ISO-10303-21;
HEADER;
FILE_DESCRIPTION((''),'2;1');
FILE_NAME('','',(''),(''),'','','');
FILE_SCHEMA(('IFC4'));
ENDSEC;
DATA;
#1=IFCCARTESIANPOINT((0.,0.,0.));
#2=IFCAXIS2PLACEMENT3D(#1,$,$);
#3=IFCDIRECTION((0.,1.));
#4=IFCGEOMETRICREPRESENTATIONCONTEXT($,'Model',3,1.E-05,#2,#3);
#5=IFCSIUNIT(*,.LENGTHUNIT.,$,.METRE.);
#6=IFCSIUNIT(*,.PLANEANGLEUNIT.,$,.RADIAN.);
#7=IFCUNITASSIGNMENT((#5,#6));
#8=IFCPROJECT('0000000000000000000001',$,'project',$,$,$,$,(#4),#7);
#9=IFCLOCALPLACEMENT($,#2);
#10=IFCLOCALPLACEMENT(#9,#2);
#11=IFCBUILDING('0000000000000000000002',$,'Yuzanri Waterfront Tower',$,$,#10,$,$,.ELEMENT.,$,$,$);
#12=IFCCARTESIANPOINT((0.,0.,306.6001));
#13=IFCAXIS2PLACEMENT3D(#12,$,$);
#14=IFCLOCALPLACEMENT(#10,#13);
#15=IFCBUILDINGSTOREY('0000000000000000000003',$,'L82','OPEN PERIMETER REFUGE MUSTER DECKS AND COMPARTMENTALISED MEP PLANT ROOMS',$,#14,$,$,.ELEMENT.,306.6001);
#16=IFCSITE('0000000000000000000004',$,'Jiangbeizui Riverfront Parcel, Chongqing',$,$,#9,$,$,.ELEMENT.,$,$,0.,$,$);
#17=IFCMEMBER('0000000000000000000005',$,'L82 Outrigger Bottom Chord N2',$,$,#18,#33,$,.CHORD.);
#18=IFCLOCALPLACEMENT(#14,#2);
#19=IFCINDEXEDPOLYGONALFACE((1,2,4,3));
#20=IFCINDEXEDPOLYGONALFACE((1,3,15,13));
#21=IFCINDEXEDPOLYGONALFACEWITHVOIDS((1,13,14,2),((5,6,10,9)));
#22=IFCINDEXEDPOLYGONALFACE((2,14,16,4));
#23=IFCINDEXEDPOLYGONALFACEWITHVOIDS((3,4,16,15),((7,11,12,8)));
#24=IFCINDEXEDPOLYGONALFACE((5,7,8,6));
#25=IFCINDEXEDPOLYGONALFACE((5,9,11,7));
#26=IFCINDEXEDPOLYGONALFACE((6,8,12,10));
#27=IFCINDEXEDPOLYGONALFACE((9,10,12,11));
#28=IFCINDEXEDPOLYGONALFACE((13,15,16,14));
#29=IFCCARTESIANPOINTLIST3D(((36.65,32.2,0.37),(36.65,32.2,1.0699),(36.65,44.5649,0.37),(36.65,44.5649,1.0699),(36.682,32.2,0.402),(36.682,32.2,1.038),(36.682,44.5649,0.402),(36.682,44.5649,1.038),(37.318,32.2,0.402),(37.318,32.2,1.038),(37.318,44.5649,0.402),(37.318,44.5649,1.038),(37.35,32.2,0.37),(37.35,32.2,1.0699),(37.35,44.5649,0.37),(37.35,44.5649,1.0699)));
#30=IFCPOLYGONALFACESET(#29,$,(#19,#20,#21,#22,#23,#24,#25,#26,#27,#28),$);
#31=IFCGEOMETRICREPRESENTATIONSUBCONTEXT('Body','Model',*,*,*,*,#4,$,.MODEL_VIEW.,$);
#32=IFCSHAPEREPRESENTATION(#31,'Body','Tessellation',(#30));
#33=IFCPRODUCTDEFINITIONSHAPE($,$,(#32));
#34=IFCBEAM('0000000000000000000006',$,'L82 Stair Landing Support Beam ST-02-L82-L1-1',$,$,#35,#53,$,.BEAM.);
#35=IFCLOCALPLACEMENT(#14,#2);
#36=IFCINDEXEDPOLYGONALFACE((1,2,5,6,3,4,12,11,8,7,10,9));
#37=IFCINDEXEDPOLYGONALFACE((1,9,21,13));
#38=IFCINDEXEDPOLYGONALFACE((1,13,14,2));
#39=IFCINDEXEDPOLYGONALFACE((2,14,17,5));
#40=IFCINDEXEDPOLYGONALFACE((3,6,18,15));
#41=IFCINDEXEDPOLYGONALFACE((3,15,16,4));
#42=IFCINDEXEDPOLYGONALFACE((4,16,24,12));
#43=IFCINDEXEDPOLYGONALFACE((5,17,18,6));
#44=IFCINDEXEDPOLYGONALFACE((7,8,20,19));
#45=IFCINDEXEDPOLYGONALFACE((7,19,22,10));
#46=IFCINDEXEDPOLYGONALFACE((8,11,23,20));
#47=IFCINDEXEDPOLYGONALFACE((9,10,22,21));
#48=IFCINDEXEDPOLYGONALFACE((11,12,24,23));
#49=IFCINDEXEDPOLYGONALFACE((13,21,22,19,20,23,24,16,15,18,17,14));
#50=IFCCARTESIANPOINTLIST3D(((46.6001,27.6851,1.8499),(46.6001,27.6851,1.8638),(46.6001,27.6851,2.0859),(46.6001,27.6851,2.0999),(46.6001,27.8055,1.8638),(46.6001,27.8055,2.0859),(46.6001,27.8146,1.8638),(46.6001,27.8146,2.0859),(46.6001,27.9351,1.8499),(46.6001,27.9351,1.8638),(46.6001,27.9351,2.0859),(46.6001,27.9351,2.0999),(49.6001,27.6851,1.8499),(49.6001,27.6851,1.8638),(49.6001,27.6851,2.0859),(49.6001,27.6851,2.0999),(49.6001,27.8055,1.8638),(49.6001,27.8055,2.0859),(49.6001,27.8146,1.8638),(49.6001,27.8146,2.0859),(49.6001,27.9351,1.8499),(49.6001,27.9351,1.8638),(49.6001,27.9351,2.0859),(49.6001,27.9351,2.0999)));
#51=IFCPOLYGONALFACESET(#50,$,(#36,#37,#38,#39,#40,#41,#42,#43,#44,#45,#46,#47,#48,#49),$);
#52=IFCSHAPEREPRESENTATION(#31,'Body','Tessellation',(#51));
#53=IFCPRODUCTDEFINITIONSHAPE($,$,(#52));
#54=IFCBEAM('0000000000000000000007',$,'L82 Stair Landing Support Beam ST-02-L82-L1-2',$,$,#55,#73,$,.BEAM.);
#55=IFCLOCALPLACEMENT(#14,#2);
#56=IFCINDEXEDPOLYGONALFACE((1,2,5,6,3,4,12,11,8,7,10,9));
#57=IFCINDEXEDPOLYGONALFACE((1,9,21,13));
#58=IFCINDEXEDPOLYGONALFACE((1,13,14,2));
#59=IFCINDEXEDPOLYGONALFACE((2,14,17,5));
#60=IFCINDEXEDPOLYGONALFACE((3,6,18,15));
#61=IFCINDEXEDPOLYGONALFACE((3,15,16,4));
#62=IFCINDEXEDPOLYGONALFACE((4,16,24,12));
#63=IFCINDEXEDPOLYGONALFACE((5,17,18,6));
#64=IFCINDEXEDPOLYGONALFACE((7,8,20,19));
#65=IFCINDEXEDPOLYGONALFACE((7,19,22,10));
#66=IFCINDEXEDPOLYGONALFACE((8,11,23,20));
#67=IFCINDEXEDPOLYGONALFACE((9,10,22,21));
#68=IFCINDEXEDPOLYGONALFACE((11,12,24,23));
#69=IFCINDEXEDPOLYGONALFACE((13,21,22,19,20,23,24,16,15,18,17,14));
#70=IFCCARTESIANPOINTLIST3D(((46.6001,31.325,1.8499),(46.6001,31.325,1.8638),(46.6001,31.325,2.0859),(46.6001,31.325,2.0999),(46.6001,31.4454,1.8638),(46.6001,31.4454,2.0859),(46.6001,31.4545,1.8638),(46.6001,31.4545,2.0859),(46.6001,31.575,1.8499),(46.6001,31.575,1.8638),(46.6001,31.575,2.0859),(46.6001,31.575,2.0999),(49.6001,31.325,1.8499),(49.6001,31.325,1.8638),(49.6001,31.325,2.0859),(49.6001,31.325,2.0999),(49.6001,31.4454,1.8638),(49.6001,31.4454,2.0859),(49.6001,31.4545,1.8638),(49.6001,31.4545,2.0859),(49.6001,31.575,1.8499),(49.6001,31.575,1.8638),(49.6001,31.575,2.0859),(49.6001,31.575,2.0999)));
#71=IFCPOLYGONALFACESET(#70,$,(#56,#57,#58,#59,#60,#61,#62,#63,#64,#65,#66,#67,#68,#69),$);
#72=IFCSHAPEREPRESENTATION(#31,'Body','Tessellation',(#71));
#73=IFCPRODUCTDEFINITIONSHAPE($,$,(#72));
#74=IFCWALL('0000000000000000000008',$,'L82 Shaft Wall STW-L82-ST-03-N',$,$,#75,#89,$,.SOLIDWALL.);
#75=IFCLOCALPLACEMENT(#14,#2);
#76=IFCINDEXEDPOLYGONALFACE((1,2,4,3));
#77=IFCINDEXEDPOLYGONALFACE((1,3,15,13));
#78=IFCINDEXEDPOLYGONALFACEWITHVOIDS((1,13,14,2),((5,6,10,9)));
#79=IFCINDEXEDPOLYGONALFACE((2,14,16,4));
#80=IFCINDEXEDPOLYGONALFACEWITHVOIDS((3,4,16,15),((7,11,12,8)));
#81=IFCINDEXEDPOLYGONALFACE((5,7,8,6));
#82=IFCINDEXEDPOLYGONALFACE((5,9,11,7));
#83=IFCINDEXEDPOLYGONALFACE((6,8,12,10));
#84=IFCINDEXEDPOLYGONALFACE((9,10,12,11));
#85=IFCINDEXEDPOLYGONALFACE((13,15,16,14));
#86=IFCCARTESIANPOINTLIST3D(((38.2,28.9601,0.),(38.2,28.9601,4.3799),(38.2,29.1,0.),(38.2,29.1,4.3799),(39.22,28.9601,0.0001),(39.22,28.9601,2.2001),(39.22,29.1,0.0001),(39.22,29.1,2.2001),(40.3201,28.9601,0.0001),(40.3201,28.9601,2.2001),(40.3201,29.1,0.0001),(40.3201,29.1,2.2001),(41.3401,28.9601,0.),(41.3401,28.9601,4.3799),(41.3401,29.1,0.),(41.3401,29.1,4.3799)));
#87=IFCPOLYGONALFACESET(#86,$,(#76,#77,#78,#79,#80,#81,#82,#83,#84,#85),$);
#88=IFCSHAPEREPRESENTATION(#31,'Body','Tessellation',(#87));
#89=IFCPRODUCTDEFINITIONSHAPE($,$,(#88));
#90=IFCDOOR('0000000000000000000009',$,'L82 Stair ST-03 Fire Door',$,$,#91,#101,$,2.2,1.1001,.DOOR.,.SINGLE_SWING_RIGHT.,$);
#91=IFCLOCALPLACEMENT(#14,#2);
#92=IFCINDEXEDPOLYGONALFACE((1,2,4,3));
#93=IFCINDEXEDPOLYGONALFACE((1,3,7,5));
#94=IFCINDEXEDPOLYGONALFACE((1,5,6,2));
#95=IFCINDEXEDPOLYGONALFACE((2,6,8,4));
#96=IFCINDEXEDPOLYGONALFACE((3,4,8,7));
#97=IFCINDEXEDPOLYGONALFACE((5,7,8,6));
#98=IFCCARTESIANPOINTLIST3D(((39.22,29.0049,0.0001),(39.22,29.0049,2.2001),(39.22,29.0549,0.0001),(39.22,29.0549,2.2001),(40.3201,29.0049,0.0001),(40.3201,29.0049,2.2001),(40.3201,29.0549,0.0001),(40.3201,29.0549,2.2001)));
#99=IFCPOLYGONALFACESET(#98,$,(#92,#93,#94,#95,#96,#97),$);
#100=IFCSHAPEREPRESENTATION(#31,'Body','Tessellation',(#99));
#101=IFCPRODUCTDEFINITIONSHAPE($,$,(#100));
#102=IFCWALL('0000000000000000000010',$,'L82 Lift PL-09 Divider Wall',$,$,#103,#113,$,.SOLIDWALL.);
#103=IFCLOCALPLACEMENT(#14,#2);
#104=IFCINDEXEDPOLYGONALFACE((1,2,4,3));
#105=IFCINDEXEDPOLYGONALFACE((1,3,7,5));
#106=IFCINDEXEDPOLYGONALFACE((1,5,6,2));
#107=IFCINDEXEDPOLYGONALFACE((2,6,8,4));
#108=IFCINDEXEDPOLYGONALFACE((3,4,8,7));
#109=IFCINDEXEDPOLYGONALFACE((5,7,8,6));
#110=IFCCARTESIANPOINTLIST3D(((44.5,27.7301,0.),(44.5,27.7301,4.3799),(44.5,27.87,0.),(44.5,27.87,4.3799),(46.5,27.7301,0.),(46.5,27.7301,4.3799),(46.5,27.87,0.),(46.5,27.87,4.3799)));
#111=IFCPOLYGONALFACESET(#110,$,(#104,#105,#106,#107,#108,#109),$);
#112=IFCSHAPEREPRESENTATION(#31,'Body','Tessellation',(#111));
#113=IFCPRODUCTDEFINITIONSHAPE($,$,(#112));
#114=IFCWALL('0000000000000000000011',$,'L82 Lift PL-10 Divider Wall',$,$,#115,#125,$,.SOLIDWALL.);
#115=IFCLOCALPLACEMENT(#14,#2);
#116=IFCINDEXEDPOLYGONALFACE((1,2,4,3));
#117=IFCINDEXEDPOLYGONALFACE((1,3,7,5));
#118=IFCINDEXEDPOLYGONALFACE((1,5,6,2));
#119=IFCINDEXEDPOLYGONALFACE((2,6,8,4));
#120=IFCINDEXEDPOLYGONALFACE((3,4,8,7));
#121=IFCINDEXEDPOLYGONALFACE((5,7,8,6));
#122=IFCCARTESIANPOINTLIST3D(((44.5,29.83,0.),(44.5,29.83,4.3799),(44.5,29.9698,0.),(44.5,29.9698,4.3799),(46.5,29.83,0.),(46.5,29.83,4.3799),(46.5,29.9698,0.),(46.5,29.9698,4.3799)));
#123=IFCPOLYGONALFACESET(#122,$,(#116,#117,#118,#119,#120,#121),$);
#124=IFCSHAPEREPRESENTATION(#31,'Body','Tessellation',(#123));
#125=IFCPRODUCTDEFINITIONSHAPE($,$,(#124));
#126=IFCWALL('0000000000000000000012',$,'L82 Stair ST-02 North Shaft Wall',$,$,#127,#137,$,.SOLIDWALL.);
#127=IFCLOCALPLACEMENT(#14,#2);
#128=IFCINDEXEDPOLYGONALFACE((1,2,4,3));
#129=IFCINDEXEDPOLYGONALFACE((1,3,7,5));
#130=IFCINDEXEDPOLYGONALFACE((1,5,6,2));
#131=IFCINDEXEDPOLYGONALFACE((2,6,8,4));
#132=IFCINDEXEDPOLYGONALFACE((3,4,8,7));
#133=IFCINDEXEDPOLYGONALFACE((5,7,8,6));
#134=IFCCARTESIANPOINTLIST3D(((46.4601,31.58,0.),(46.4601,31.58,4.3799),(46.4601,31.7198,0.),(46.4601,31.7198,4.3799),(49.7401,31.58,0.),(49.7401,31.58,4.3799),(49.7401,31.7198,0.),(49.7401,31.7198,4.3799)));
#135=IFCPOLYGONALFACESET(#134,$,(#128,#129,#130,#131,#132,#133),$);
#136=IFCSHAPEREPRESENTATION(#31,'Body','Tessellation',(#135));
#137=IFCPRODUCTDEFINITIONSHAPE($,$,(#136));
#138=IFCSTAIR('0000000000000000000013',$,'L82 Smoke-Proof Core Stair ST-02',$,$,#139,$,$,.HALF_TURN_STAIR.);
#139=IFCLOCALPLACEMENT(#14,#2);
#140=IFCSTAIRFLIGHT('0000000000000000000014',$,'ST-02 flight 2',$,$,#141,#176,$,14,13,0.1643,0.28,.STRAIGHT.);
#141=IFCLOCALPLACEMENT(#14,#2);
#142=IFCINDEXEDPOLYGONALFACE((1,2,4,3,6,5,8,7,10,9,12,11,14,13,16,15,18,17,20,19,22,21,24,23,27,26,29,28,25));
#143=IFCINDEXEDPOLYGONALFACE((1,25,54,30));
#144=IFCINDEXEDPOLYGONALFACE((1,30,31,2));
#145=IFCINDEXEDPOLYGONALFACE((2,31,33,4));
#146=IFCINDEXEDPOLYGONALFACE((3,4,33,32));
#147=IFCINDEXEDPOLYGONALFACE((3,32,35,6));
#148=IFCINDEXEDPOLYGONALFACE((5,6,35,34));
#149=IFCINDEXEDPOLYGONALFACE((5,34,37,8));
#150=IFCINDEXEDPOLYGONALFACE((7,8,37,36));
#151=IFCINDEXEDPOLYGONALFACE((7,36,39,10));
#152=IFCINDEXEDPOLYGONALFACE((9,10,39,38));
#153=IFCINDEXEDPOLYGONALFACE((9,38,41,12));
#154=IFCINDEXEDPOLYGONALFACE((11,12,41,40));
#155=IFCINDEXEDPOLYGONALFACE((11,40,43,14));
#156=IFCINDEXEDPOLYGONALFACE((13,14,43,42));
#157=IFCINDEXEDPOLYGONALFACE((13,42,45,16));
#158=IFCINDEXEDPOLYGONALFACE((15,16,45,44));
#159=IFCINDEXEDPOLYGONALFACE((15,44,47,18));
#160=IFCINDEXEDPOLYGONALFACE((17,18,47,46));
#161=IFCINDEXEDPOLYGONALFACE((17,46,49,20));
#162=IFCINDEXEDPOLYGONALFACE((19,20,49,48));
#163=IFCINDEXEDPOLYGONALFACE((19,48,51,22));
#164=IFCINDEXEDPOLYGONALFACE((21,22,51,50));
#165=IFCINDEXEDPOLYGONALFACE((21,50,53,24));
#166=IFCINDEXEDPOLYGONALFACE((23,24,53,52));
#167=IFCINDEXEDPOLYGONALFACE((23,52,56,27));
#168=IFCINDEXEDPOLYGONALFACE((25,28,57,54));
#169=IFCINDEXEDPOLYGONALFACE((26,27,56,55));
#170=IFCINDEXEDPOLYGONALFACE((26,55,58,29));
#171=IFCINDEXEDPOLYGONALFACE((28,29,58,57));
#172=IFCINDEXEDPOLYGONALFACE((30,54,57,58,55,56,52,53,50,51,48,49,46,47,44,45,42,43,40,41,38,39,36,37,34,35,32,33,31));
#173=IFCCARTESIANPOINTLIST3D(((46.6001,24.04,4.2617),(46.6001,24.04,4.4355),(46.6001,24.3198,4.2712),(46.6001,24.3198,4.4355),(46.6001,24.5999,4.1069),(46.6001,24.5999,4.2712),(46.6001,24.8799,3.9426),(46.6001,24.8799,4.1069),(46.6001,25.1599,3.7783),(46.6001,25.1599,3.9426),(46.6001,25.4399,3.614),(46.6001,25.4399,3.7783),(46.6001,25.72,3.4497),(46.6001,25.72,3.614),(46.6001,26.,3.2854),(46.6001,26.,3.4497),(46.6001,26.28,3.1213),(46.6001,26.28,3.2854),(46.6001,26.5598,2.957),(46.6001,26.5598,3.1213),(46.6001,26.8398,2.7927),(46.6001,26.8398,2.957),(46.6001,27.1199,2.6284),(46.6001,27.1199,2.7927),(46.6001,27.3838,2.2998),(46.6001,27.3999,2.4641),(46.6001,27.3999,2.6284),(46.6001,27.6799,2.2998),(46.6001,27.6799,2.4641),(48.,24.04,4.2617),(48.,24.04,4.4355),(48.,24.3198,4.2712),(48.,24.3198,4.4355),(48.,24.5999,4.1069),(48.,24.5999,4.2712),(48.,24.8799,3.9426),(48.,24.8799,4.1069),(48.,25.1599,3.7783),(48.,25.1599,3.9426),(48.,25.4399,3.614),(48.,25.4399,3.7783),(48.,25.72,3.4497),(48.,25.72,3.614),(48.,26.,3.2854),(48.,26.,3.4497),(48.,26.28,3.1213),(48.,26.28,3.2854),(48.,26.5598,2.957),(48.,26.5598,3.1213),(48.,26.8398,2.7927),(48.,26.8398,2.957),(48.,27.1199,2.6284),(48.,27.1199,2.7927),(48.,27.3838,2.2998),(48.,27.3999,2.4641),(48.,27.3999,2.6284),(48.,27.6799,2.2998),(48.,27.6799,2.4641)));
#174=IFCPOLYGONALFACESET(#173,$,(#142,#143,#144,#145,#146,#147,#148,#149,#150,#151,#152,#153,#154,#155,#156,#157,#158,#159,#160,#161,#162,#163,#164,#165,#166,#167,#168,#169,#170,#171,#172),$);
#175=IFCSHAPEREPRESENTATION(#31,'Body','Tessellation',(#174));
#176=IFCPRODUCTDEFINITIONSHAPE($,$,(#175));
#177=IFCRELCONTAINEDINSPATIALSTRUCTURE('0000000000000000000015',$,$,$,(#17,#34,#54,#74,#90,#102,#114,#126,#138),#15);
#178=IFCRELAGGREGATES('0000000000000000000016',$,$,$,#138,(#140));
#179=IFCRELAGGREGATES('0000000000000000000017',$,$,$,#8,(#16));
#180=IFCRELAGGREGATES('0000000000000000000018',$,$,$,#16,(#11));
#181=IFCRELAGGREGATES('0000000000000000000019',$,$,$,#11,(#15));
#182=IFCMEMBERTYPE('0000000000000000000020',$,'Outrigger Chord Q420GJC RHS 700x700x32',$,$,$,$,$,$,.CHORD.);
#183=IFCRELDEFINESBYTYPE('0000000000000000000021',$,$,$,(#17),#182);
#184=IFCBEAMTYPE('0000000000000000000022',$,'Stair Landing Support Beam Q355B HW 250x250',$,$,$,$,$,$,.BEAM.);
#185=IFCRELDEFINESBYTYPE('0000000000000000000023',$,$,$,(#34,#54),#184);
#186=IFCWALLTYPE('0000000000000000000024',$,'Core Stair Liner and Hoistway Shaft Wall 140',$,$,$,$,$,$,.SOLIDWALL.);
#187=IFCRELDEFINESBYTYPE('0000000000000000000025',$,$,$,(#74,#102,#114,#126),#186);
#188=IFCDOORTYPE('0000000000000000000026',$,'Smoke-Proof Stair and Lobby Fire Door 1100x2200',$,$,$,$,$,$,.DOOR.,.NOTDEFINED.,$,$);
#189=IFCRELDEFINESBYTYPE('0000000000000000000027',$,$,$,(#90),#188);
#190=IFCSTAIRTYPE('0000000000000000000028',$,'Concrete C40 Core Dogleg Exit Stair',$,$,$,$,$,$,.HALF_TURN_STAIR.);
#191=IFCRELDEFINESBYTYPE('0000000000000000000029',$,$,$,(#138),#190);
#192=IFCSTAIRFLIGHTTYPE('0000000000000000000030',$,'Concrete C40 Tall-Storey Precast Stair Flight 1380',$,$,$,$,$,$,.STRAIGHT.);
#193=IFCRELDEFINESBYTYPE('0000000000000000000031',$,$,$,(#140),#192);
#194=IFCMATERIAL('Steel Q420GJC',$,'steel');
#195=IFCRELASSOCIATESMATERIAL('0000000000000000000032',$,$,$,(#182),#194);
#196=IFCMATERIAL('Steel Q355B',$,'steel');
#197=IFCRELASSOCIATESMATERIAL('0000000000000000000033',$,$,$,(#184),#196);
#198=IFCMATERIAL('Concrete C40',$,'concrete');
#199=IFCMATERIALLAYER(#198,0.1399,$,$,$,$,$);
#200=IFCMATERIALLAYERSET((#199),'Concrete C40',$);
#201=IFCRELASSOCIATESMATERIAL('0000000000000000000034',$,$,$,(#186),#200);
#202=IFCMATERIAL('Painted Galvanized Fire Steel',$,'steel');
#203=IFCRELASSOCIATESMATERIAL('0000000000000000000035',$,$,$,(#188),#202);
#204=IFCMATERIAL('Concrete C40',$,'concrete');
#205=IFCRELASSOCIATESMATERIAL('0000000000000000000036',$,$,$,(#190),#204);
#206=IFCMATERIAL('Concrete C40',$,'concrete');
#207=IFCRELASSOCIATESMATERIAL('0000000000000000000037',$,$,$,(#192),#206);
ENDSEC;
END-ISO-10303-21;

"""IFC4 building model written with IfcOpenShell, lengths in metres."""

from ifc_helpers import new_model, si_unit, direction, frame, frame_2d, origin, origin_2d, place, context, subcontext, project, spatial, polyline, rectangle, hollow_rectangle, i_section, outline, extrude, source, transform, mapped, material, layer, layer_set, material_profile, profile_set, type_object, element, fill, aggregate, save


model = new_model("IFC4")

# Units and contexts
model_context = context("Model", 3, precision=1e-05, world=origin(), true_north=direction((0.0, 1.0)))
body_context = subcontext(model_context, "Body", "Model", "MODEL_VIEW")
ifc_project = project(units=[si_unit("LENGTHUNIT", "METRE"), si_unit("PLANEANGLEUNIT", "RADIAN")], contexts=[model_context])

# Site, building, storey
site_placement = place(None, origin())
site = spatial("IfcSite", under=ifc_project, at=site_placement, Name="Jiangbeizui Riverfront Parcel, Chongqing", CompositionType="ELEMENT", RefElevation=0.0)
building_placement = place(site_placement, origin())
building = spatial("IfcBuilding", under=site, at=building_placement, Name="Yuzanri Waterfront Tower", CompositionType="ELEMENT")
storey_placement = place(building_placement, frame((0.0, 0.0, 306.6001)))
storey = spatial("IfcBuildingStorey", under=building, at=storey_placement, Name="L82", Description="OPEN PERIMETER REFUGE MUSTER DECKS AND COMPARTMENTALISED MEP PLANT ROOMS", CompositionType="ELEMENT", Elevation=306.6001)

# Member
ifc_material_1 = material(Name="Steel Q420GJC", Category="steel")
ifc_material_profile_1 = material_profile(ifc_material_1, hollow_rectangle(XDim=0.7, YDim=0.7, WallThickness=0.032, at=origin_2d()), Name="RHS 700x700x32")
ifc_profile_set_1 = profile_set([ifc_material_profile_1], Name="Steel Q420GJC")
member_type = type_object("IfcMemberType", Name="Outrigger Chord Q420GJC RHS 700x700x32", PredefinedType="CHORD", material=ifc_profile_set_1)
shared_shape_1 = source(origin(), body_context, "Body", "SweptSolid", [
    extrude(hollow_rectangle(XDim=0.7, YDim=0.7, WallThickness=0.032, at=origin_2d()), origin(), (0.0, 0.0, 1.0), 12.365),
])
member_placement = place(storey_placement, frame((37.0, 32.2, 0.72), z_axis=(0.0, 1.0, 0.0), x_axis=(-1.0, 0.0, 0.0)))
element("IfcMember", 1, at=member_placement, inside=storey, type_object=member_type, Name="L82 Outrigger Bottom Chord N2", PredefinedType="CHORD", context=body_context, shape_type="MappedRepresentation", body=[
    mapped(shared_shape_1, transform((0.0, 0.0, 0.0), scale=1.0)),
])

# Beams
ifc_material_2 = material(Name="Steel Q355B", Category="steel")
ifc_material_profile_2 = material_profile(ifc_material_2, i_section(OverallWidth=0.25, OverallDepth=0.25, WebThickness=0.009, FlangeThickness=0.0139, at=origin_2d()), Name="HW 250x250x9x14")
ifc_profile_set_2 = profile_set([ifc_material_profile_2], Name="Steel Q355B")
beam_type = type_object("IfcBeamType", Name="Stair Landing Support Beam Q355B HW 250x250", PredefinedType="BEAM", material=ifc_profile_set_2)
shared_shape_2 = source(origin(), body_context, "Body", "SweptSolid", [
    extrude(i_section(OverallWidth=0.25, OverallDepth=0.25, WebThickness=0.009, FlangeThickness=0.0139, at=origin_2d()), origin(), (0.0, 0.0, 1.0), 3.0),
])
for number, where, z_axis, x_axis, name in (
    (2, (46.6001, 27.8101, 1.9749), (1.0, 0.0, 0.0), (0.0, 1.0, 0.0), "L82 Stair Landing Support Beam ST-02-L82-L1-1"),
    (3, (46.6001, 31.45, 1.9749), (1.0, 0.0, 0.0), (0.0, 1.0, 0.0), "L82 Stair Landing Support Beam ST-02-L82-L1-2"),
):
    element("IfcBeam", number, at=place(storey_placement, frame(where, z_axis=z_axis, x_axis=x_axis)), inside=storey, type_object=beam_type, Name=name, PredefinedType="BEAM", context=body_context, shape_type="MappedRepresentation", body=[
        mapped(shared_shape_2, transform((0.0, 0.0, 0.0), scale=1.0)),
    ])

# Wall, opening, door
ifc_material_3 = material(Name="Concrete C40", Category="concrete")
ifc_layer_1 = layer(ifc_material_3, 0.1399)
ifc_layer_set_1 = layer_set([ifc_layer_1], Name="Concrete C40")
wall_type = type_object("IfcWallType", Name="Core Stair Liner and Hoistway Shaft Wall 140", PredefinedType="SOLIDWALL", material=ifc_layer_set_1)
wall_1_placement = place(storey_placement, frame((38.2, 29.03, 0.0), z_axis=(0.0, 0.0, 1.0), x_axis=(1.0, 0.0, 0.0)))
wall_1 = element("IfcWall", 4, at=wall_1_placement, inside=storey, type_object=wall_type, Name="L82 Shaft Wall STW-L82-ST-03-N", PredefinedType="SOLIDWALL", context=body_context, shape_type="SweptSolid", body=[
    extrude(rectangle(XDim=3.1401, YDim=0.1399, at=frame_2d((1.5701, 0.0))), origin(), (0.0, 0.0, 1.0), 4.3799),
])
opening_placement = place(wall_1_placement, frame((1.02, 0.0, 0.0)))
opening = element("IfcOpeningElement", 5, at=opening_placement, cuts=wall_1, PredefinedType="OPENING", context=body_context, shape_type="SweptSolid", body=[
    extrude(rectangle(XDim=1.1001, YDim=2.2, at=frame_2d((0.55, 1.1001))), frame((0.0, 0.085, 0.0), z_axis=(0.0, -1.0, 0.0), x_axis=(1.0, 0.0, 0.0)), (0.0, 0.0, 1.0), 0.1697),
])
ifc_material_4 = material(Name="Painted Galvanized Fire Steel", Category="steel")
door_type = type_object("IfcDoorType", Name="Smoke-Proof Stair and Lobby Fire Door 1100x2200", OperationType="NOTDEFINED", PredefinedType="DOOR", material=ifc_material_4)
shared_shape_3 = source(origin(), body_context, "Body", "SweptSolid", [
    extrude(rectangle(XDim=1.1001, YDim=2.2, at=frame_2d((0.55, 1.1001))), frame((0.0, 0.0249, 0.0), z_axis=(0.0, -1.0, 0.0), x_axis=(1.0, 0.0, 0.0)), (0.0, 0.0, 1.0), 0.05),
])
door_placement = place(opening_placement, origin())
door = element("IfcDoor", 6, at=door_placement, inside=storey, type_object=door_type, Name="L82 Stair ST-03 Fire Door", OperationType="SINGLE_SWING_RIGHT", OverallHeight=2.2, OverallWidth=1.1001, PredefinedType="DOOR", context=body_context, shape_type="MappedRepresentation", body=[
    mapped(shared_shape_3, transform((0.0, 0.0, 0.0), scale=1.0)),
])
fill(opening, door)

# Walls
shared_shape_4 = source(origin(), body_context, "Body", "SweptSolid", [
    extrude(rectangle(XDim=2.0, YDim=0.1399, at=frame_2d((1.0, 0.0))), origin(), (0.0, 0.0, 1.0), 4.3799),
])
for number, where, z_axis, x_axis, name in (
    (7, (44.5, 27.8, 0.0), (0.0, 0.0, 1.0), (1.0, 0.0, 0.0), "L82 Lift PL-09 Divider Wall"),
    (8, (44.5, 29.8999, 0.0), (0.0, 0.0, 1.0), (1.0, 0.0, 0.0), "L82 Lift PL-10 Divider Wall"),
):
    element("IfcWall", number, at=place(storey_placement, frame(where, z_axis=z_axis, x_axis=x_axis)), inside=storey, type_object=wall_type, Name=name, PredefinedType="SOLIDWALL", context=body_context, shape_type="MappedRepresentation", body=[
        mapped(shared_shape_4, transform((0.0, 0.0, 0.0), scale=1.0)),
    ])
shared_shape_5 = source(origin(), body_context, "Body", "SweptSolid", [
    extrude(rectangle(XDim=3.28, YDim=0.1399, at=frame_2d((1.6401, 0.0))), origin(), (0.0, 0.0, 1.0), 4.3799),
])
wall_2_placement = place(storey_placement, frame((46.46, 31.6499, 0.0), z_axis=(0.0, 0.0, 1.0), x_axis=(1.0, 0.0, 0.0)))
element("IfcWall", 9, at=wall_2_placement, inside=storey, type_object=wall_type, Name="L82 Stair ST-02 North Shaft Wall", PredefinedType="SOLIDWALL", context=body_context, shape_type="MappedRepresentation", body=[
    mapped(shared_shape_5, transform((0.0, 0.0, 0.0), scale=1.0)),
])

# Stair, stair flight
ifc_material_5 = material(Name="Concrete C40", Category="concrete")
stair_type = type_object("IfcStairType", Name="Concrete C40 Core Dogleg Exit Stair", PredefinedType="HALF_TURN_STAIR", material=ifc_material_5)
stair_1_placement = place(storey_placement, origin())
stair_1 = element("IfcStair", 10, at=stair_1_placement, inside=storey, type_object=stair_type, Name="L82 Smoke-Proof Core Stair ST-02", PredefinedType="HALF_TURN_STAIR")
ifc_material_6 = material(Name="Concrete C40", Category="concrete")
stair_flight_type = type_object("IfcStairFlightType", Name="Concrete C40 Tall-Storey Precast Stair Flight 1380", PredefinedType="STRAIGHT", material=ifc_material_6)
shared_shape_6 = source(origin(), body_context, "Body", "SweptSolid", [
    extrude(outline(polyline([(0.0, 0.0), (0.0, 0.1643), (0.28, 0.1643), (0.28, 0.3286), (0.5601, 0.3286), (0.5601, 0.4929), (0.8401, 0.4929), (0.8401, 0.6572), (1.1201, 0.6572), (1.1201, 0.8215), (1.3999, 0.8215), (1.3999, 0.9856), (1.6799, 0.9856), (1.6799, 1.1499), (1.96, 1.1499), (1.96, 1.3142), (2.24, 1.3142), (2.24, 1.4785), (2.52, 1.4785), (2.52, 1.6428), (2.8, 1.6428), (2.8, 1.8071), (3.0801, 1.8071), (3.0801, 1.9714), (3.3601, 1.9714), (3.3601, 2.1357), (3.6399, 2.1357), (3.6399, 2.3), (3.6399, 1.9619), (0.2961, 0.0), (0.0, 0.0)])), frame((0.0, 0.7, 0.0), z_axis=(0.0, -1.0, 0.0), x_axis=(1.0, 0.0, 0.0)), (0.0, 0.0, 1.0), 1.3999),
])
stair_flight_1_placement = place(storey_placement, frame((47.3, 27.6799, 2.2998), z_axis=(0.0, 0.0, 1.0), x_axis=(0.0, -1.0, 0.0)))
stair_flight_1 = element("IfcStairFlight", 11, at=stair_flight_1_placement, type_object=stair_flight_type, Name="ST-02 flight 2", NumberOfRisers=14, NumberOfTreads=13, PredefinedType="STRAIGHT", RiserHeight=0.1643, TreadLength=0.28, context=body_context, shape_type="MappedRepresentation", body=[
    mapped(shared_shape_6, transform((0.0, 0.0, 0.0), scale=1.0)),
])
aggregate(stair_1, [stair_flight_1])

save(model, "model.ifc")
